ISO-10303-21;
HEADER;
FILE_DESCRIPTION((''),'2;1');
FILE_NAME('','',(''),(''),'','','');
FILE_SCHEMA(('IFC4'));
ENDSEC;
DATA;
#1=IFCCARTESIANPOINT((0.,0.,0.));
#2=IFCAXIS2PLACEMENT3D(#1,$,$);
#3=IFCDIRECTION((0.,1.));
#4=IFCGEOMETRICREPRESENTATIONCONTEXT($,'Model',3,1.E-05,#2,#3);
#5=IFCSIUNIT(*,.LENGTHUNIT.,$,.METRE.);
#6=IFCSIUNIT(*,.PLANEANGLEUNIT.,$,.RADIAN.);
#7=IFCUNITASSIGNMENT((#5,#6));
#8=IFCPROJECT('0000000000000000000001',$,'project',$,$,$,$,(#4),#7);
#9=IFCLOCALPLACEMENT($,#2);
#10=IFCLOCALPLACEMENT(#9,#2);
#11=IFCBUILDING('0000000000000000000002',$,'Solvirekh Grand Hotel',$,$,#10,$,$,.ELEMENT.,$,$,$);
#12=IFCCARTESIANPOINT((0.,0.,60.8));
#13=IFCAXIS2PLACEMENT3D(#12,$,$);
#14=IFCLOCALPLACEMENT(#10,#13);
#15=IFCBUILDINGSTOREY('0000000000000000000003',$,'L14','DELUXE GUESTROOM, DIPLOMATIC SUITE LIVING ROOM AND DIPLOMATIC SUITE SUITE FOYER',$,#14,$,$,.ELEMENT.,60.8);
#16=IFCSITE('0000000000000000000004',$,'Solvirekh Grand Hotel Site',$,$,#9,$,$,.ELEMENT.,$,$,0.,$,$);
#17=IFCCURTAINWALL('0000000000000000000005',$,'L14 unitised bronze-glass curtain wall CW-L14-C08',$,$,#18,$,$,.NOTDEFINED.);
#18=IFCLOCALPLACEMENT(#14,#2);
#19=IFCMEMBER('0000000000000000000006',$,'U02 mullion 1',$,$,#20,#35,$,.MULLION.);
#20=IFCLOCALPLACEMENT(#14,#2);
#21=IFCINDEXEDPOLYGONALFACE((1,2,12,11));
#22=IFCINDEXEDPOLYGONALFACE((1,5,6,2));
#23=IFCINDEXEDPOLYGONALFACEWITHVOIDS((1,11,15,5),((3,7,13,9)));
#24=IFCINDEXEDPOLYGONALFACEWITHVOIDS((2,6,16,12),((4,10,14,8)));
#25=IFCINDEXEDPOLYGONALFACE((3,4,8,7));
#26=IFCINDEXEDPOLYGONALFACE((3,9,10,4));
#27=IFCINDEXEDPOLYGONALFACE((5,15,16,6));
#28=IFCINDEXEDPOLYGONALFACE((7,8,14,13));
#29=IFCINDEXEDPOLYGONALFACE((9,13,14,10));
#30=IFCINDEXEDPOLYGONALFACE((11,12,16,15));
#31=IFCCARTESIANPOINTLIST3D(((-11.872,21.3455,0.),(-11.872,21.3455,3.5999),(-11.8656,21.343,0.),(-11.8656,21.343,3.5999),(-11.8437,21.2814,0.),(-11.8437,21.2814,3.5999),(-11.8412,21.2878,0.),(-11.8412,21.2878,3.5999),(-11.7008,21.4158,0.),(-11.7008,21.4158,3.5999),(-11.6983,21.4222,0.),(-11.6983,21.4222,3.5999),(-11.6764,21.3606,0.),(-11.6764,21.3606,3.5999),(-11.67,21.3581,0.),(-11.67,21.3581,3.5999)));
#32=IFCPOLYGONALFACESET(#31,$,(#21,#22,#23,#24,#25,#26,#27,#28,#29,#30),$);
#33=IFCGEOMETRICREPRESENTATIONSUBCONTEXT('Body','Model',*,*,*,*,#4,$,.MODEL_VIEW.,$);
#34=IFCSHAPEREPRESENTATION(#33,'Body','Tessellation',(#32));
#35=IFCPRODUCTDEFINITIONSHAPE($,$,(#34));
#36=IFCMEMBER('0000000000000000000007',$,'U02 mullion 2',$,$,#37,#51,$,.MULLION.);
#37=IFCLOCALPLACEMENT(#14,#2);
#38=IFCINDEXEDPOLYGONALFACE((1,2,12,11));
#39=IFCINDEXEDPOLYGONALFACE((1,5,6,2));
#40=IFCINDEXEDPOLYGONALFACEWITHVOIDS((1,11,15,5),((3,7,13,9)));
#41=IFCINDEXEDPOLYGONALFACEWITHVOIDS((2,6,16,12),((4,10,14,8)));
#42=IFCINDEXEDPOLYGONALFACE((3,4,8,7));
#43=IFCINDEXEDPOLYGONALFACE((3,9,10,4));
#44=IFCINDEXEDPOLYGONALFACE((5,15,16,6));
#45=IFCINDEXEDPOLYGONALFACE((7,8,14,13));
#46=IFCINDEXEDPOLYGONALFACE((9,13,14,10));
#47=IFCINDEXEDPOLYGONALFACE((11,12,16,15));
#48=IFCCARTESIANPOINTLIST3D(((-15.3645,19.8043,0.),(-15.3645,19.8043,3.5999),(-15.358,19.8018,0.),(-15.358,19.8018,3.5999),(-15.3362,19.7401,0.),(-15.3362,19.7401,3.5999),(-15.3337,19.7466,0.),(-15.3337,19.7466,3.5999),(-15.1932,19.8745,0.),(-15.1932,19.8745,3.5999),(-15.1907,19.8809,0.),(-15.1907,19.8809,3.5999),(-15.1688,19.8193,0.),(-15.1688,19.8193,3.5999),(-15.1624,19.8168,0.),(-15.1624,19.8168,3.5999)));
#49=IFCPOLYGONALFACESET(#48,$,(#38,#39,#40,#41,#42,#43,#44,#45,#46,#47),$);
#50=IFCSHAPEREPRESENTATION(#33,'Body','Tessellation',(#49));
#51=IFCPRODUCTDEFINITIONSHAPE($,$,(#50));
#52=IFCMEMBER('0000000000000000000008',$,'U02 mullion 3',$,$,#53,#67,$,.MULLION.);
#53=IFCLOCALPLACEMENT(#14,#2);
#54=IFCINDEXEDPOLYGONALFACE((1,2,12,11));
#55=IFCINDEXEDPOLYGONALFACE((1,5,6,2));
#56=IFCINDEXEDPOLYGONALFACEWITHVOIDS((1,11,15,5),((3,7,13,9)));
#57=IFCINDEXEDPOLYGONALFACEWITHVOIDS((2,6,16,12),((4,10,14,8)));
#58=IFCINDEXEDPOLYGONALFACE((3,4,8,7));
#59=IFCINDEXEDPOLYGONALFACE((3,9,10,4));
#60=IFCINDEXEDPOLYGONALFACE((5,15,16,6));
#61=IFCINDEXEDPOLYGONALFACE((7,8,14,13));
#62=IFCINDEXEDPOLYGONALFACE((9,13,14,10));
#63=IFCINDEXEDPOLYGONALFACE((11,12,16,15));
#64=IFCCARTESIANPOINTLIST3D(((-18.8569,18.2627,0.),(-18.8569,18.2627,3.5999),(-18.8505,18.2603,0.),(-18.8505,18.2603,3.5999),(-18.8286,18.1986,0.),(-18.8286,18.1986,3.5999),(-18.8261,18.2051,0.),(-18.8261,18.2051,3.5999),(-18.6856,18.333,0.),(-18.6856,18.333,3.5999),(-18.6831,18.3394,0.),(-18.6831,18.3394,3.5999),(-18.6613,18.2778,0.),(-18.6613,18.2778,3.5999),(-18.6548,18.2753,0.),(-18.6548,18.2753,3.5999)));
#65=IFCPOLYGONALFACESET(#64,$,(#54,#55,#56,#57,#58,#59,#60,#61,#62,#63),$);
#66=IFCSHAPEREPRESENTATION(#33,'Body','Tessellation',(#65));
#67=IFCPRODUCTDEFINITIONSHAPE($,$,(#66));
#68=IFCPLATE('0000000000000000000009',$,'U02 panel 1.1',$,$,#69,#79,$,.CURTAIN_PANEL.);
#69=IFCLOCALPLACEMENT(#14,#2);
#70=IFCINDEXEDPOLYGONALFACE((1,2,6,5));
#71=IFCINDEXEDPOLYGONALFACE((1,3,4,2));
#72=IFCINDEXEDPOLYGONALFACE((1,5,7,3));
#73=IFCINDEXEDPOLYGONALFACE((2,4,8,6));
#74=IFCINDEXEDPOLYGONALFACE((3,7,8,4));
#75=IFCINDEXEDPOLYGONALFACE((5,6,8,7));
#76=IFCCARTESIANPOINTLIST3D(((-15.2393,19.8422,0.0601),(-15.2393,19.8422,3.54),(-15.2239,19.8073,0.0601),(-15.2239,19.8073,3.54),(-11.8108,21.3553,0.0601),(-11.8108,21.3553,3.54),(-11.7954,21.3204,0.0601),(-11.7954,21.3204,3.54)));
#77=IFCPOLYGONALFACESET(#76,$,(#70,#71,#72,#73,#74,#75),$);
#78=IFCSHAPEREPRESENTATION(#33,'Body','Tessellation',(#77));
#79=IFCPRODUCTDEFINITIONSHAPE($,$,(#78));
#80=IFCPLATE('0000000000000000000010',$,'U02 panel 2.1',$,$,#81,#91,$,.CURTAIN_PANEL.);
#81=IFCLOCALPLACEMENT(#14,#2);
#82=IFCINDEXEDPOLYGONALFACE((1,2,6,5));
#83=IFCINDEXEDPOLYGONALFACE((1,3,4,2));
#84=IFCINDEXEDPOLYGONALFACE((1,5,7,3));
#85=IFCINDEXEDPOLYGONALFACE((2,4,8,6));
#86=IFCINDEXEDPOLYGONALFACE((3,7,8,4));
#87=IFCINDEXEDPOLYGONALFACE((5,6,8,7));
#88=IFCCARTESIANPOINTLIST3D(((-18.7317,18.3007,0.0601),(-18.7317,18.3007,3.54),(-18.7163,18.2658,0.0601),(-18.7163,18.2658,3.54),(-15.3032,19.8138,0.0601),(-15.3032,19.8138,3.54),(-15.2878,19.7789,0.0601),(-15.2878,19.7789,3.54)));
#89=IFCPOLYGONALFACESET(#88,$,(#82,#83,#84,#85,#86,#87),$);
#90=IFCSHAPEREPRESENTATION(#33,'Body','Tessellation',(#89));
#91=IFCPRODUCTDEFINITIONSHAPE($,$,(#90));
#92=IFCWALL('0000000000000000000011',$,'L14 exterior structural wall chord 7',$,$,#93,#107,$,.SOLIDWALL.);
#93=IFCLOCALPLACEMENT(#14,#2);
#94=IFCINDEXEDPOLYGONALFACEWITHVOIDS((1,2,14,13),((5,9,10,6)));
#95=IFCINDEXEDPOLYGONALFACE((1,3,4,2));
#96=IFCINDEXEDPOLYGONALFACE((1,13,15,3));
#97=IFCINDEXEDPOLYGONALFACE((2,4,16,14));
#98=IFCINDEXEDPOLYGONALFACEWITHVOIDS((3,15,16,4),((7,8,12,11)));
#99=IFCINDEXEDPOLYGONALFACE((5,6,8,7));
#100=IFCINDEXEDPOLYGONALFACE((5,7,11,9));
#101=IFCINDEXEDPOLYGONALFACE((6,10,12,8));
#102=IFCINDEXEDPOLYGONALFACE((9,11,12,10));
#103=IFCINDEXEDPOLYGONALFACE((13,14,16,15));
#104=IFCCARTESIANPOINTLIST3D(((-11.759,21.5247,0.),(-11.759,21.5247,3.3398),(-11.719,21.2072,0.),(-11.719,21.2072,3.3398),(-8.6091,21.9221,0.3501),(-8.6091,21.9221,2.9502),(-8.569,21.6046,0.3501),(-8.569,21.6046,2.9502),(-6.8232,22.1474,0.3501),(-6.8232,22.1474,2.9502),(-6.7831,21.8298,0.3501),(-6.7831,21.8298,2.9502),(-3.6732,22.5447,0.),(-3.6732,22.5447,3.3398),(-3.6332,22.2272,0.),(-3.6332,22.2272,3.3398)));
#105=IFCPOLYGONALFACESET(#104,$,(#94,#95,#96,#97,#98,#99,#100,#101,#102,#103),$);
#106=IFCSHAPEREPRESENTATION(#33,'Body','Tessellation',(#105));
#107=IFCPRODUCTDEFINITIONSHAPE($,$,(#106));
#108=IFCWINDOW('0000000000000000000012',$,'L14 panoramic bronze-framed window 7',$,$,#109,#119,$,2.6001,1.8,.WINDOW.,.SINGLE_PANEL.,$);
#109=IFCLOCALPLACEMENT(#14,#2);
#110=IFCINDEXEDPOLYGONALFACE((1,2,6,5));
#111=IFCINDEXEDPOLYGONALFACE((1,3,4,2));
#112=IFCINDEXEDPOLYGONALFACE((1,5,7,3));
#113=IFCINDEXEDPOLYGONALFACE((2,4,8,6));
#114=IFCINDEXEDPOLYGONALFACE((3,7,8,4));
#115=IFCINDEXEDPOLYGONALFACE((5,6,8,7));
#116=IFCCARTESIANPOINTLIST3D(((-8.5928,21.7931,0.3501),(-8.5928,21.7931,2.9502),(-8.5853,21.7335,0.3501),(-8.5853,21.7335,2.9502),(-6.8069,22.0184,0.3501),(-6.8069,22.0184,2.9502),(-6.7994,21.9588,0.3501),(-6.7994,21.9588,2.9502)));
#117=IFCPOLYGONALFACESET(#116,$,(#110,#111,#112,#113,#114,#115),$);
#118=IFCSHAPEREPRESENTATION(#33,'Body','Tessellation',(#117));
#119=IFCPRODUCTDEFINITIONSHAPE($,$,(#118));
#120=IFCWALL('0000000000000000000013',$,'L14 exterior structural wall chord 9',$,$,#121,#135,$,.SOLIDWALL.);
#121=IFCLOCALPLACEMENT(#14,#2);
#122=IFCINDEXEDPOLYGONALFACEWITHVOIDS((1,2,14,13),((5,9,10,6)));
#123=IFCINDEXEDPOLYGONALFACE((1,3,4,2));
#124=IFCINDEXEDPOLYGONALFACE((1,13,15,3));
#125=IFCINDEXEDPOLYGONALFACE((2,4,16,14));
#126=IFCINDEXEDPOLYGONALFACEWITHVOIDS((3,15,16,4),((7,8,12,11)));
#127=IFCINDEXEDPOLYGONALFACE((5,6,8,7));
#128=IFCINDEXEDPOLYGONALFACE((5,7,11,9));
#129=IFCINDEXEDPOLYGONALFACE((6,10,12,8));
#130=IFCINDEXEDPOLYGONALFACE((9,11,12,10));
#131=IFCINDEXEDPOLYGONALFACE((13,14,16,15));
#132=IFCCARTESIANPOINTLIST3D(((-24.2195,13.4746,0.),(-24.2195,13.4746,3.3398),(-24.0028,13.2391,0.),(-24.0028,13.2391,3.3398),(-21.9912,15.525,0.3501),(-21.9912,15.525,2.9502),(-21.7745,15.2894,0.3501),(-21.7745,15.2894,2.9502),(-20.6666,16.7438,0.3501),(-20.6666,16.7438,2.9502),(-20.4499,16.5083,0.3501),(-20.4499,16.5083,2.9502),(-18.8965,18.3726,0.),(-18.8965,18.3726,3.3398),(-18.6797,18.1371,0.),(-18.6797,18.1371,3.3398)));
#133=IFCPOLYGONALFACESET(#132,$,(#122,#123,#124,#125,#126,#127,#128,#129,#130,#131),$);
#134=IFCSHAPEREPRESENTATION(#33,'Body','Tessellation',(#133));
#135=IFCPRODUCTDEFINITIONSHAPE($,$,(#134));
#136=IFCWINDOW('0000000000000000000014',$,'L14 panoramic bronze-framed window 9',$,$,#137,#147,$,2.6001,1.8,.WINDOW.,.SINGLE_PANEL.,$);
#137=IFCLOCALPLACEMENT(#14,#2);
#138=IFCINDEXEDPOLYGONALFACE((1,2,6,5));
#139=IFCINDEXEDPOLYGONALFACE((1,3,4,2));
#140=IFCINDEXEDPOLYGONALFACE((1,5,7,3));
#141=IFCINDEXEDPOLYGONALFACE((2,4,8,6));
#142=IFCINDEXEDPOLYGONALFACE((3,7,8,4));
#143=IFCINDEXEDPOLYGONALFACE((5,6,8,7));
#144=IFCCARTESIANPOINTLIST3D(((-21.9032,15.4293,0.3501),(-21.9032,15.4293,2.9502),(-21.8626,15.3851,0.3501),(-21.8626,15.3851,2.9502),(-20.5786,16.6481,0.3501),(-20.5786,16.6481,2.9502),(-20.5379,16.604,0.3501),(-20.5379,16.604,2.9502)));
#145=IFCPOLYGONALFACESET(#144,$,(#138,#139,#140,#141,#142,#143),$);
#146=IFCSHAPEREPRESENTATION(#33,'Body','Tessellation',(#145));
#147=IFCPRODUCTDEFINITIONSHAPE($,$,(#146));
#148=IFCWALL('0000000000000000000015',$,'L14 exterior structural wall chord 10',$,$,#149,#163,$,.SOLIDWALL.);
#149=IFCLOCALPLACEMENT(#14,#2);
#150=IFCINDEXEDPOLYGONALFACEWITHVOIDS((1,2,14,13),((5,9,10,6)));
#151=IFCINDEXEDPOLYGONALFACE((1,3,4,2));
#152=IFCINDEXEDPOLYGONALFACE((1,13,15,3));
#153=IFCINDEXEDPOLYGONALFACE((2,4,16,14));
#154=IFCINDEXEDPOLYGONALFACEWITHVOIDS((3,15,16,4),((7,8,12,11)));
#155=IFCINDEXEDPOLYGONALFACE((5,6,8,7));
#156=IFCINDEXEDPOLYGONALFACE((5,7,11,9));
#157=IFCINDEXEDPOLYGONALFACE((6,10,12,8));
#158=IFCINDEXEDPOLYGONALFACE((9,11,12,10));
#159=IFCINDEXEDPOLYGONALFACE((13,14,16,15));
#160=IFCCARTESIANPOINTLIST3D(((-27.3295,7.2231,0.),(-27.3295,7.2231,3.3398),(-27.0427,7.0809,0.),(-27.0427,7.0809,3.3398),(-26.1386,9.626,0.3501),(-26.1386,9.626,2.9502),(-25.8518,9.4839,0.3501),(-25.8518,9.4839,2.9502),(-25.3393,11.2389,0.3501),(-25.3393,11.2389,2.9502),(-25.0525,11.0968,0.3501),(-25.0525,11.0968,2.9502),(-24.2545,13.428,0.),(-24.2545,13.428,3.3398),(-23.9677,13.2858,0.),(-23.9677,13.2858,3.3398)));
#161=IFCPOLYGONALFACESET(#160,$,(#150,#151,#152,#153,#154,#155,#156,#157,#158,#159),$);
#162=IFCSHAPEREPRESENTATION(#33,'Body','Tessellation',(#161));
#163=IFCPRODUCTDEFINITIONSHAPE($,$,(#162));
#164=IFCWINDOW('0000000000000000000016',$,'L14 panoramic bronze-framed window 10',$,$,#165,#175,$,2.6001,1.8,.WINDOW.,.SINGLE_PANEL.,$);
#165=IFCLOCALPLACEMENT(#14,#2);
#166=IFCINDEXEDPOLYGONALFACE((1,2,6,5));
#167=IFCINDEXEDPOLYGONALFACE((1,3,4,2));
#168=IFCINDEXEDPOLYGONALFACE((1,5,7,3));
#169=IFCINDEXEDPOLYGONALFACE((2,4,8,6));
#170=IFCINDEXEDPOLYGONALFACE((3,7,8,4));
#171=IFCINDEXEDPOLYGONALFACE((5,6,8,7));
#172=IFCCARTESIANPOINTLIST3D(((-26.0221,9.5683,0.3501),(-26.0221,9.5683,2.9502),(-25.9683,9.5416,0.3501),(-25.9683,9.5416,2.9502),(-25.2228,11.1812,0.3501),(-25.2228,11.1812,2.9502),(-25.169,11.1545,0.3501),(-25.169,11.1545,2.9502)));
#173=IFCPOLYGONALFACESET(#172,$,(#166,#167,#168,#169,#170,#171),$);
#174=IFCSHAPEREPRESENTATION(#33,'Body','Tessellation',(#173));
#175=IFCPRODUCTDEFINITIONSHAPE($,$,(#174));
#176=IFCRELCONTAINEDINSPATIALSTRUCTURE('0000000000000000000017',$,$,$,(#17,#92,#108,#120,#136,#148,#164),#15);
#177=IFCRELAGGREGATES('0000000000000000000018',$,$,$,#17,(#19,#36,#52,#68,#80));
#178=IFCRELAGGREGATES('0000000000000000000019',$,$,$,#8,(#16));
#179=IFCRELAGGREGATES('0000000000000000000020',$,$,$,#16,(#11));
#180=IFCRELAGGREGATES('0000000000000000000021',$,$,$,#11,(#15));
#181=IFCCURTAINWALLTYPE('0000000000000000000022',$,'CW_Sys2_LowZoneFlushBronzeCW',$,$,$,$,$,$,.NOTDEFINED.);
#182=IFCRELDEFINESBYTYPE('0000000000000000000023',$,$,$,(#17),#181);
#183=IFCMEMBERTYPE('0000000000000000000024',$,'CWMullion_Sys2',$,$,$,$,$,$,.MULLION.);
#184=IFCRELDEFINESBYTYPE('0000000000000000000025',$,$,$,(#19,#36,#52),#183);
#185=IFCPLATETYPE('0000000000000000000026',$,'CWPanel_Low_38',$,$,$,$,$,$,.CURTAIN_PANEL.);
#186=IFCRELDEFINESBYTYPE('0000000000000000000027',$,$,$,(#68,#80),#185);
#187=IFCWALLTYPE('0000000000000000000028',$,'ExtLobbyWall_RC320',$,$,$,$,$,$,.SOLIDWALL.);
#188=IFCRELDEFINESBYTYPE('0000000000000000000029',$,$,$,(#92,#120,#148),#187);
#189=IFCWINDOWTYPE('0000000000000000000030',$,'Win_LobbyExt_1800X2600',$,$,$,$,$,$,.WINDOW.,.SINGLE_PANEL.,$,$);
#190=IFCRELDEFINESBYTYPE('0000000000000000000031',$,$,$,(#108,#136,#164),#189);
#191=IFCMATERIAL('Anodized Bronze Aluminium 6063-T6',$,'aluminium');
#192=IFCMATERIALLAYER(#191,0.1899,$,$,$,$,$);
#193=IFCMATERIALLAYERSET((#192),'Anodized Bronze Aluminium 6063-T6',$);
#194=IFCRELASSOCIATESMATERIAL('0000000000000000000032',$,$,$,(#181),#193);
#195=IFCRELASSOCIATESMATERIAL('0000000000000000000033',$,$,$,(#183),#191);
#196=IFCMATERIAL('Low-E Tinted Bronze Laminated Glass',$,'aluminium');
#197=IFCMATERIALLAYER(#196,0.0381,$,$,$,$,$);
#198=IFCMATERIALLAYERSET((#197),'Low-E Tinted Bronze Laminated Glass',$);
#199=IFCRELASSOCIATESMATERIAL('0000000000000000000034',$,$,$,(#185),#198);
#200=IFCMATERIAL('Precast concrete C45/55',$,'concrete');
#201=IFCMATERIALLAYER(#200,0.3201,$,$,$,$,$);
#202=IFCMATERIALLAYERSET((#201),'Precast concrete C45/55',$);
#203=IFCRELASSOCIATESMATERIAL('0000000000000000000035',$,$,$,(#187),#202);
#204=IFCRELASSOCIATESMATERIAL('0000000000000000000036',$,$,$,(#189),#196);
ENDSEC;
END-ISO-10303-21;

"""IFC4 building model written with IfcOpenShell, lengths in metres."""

from ifc_helpers import new_model, si_unit, direction, frame, frame_2d, origin, origin_2d, place, context, subcontext, project, spatial, rectangle, hollow_rectangle, extrude, source, transform, mapped, material, layer, layer_set, material_profile, profile_set, type_object, element, fill, aggregate, save


model = new_model("IFC4")

# Units and contexts
model_context = context("Model", 3, precision=1e-05, world=origin(), true_north=direction((0.0, 1.0)))
body_context = subcontext(model_context, "Body", "Model", "MODEL_VIEW")
ifc_project = project(units=[si_unit("LENGTHUNIT", "METRE"), si_unit("PLANEANGLEUNIT", "RADIAN")], contexts=[model_context])

# Site, building, storey
site_placement = place(None, origin())
site = spatial("IfcSite", under=ifc_project, at=site_placement, Name="Solvirekh Grand Hotel Site", CompositionType="ELEMENT", RefElevation=0.0)
building_placement = place(site_placement, origin())
building = spatial("IfcBuilding", under=site, at=building_placement, Name="Solvirekh Grand Hotel", CompositionType="ELEMENT")
storey_placement = place(building_placement, frame((0.0, 0.0, 60.8)))
storey = spatial("IfcBuildingStorey", under=building, at=storey_placement, Name="L14", Description="DELUXE GUESTROOM, DIPLOMATIC SUITE LIVING ROOM AND DIPLOMATIC SUITE SUITE FOYER", CompositionType="ELEMENT", Elevation=60.8)

# Curtain wall, members, plates
ifc_material_1 = material(Name="Anodized Bronze Aluminium 6063-T6", Category="aluminium")
ifc_layer_1 = layer(ifc_material_1, 0.1899)
ifc_layer_set_1 = layer_set([ifc_layer_1], Name="Anodized Bronze Aluminium 6063-T6")
curtain_wall_type = type_object("IfcCurtainWallType", Name="CW_Sys2_LowZoneFlushBronzeCW", PredefinedType="NOTDEFINED", material=ifc_layer_set_1)
curtain_wall_placement = place(storey_placement, origin())
curtain_wall = element("IfcCurtainWall", 1, at=curtain_wall_placement, inside=storey, type_object=curtain_wall_type, Name="L14 unitised bronze-glass curtain wall CW-L14-C08", PredefinedType="NOTDEFINED")
ifc_material_profile_1 = material_profile(ifc_material_1, hollow_rectangle(XDim=0.0701, YDim=0.1899, WallThickness=0.0049, at=origin_2d()), Name="ALU RHS 190X70X5")
ifc_profile_set_1 = profile_set([ifc_material_profile_1], Name="Anodized Bronze Aluminium 6063-T6")
member_type_1 = type_object("IfcMemberType", Name="CWMullion_Sys2", PredefinedType="MULLION", material=ifc_profile_set_1)
shared_shape_1 = source(origin(), body_context, "Body", "SweptSolid", [
    extrude(hollow_rectangle(XDim=0.0701, YDim=0.1899, WallThickness=0.0049, at=origin_2d()), origin(), (0.0, 0.0, 1.0), 3.5999),
])
member_1_placement = place(storey_placement, frame((-11.771, 21.3518, 0.0), z_axis=(0.0, 0.0, 1.0), x_axis=(0.403765, -0.914863, 0.0)))
member_1 = element("IfcMember", 2, at=member_1_placement, type_object=member_type_1, Name="U02 mullion 1", PredefinedType="MULLION", context=body_context, shape_type="MappedRepresentation", body=[
    mapped(shared_shape_1, transform((0.0, 0.0, 0.0), x_axis=(1.0, 0.0, 0.0), y_axis=(0.0, 1.0, 0.0), z_axis=(0.0, 0.0, 1.0), scale=1.0)),
])
member_2_placement = place(storey_placement, frame((-15.2634, 19.8105, 0.0), z_axis=(0.0, 0.0, 1.0), x_axis=(0.403765, -0.914863, 0.0)))
member_2 = element("IfcMember", 3, at=member_2_placement, type_object=member_type_1, Name="U02 mullion 2", PredefinedType="MULLION", context=body_context, shape_type="MappedRepresentation", body=[
    mapped(shared_shape_1, transform((0.0, 0.0, 0.0), x_axis=(1.0, 0.0, 0.0), y_axis=(0.0, 1.0, 0.0), z_axis=(0.0, 0.0, 1.0), scale=1.0)),
])
member_3_placement = place(storey_placement, frame((-18.7559, 18.269, 0.0), z_axis=(0.0, 0.0, 1.0), x_axis=(0.403765, -0.914863, 0.0)))
member_3 = element("IfcMember", 4, at=member_3_placement, type_object=member_type_1, Name="U02 mullion 3", PredefinedType="MULLION", context=body_context, shape_type="MappedRepresentation", body=[
    mapped(shared_shape_1, transform((0.0, 0.0, 0.0), x_axis=(1.0, 0.0, 0.0), y_axis=(0.0, 1.0, 0.0), z_axis=(0.0, 0.0, 1.0), scale=1.0)),
])
ifc_material_2 = material(Name="Low-E Tinted Bronze Laminated Glass", Category="aluminium")
ifc_layer_2 = layer(ifc_material_2, 0.0381)
ifc_layer_set_2 = layer_set([ifc_layer_2], Name="Low-E Tinted Bronze Laminated Glass")
plate_type = type_object("IfcPlateType", Name="CWPanel_Low_38", PredefinedType="CURTAIN_PANEL", material=ifc_layer_set_2)
shared_shape_2 = source(origin(), body_context, "Body", "SweptSolid", [
    extrude(rectangle(XDim=3.7476, YDim=0.0381, at=origin_2d()), origin(), (0.0, 0.0, 1.0), 3.48),
])
plate_1_placement = place(storey_placement, frame((-13.5173, 20.5813, 0.0601), z_axis=(0.0, 0.0, 1.0), x_axis=(-0.914863, -0.403765, 0.0)))
plate_1 = element("IfcPlate", 5, at=plate_1_placement, type_object=plate_type, Name="U02 panel 1.1", PredefinedType="CURTAIN_PANEL", context=body_context, shape_type="MappedRepresentation", body=[
    mapped(shared_shape_2, transform((0.0, 0.0, 0.0), x_axis=(1.0, 0.0, 0.0), y_axis=(0.0, 1.0, 0.0), z_axis=(0.0, 0.0, 1.0), scale=1.0)),
])
plate_2_placement = place(storey_placement, frame((-17.0098, 19.0398, 0.0601), z_axis=(0.0, 0.0, 1.0), x_axis=(-0.914863, -0.403765, 0.0)))
plate_2 = element("IfcPlate", 6, at=plate_2_placement, type_object=plate_type, Name="U02 panel 2.1", PredefinedType="CURTAIN_PANEL", context=body_context, shape_type="MappedRepresentation", body=[
    mapped(shared_shape_2, transform((0.0, 0.0, 0.0), x_axis=(1.0, 0.0, 0.0), y_axis=(0.0, 1.0, 0.0), z_axis=(0.0, 0.0, 1.0), scale=1.0)),
])
aggregate(curtain_wall, [member_1, member_2, member_3, plate_1, plate_2])

# Walls, openings, windows
ifc_material_3 = material(Name="Precast concrete C45/55", Category="concrete")
ifc_layer_3 = layer(ifc_material_3, 0.3201)
ifc_layer_set_3 = layer_set([ifc_layer_3], Name="Precast concrete C45/55")
wall_type_1 = type_object("IfcWallType", Name="ExtLobbyWall_RC320", PredefinedType="SOLIDWALL", material=ifc_layer_set_3)
wall_1_placement = place(storey_placement, frame((-11.739, 21.366, 0.0), z_axis=(0.0, 0.0, 1.0), x_axis=(0.992137, 0.125155, 0.0)))
wall_1 = element("IfcWall", 7, at=wall_1_placement, inside=storey, type_object=wall_type_1, Name="L14 exterior structural wall chord 7", PredefinedType="SOLIDWALL", context=body_context, shape_type="SweptSolid", body=[
    extrude(rectangle(XDim=8.1499, YDim=0.3201, at=frame_2d((4.075, 0.0))), origin(), (0.0, 0.0, 1.0), 3.3398),
])
opening_1_placement = place(wall_1_placement, frame((3.175, 0.0, 0.3501)))
opening_1 = element("IfcOpeningElement", 8, at=opening_1_placement, cuts=wall_1, PredefinedType="OPENING", context=body_context, shape_type="SweptSolid", body=[
    extrude(rectangle(XDim=1.8, YDim=2.6001, at=frame_2d((0.8999, 1.3))), frame((0.0, 0.1699, 0.0), z_axis=(0.0, -1.0, 0.0), x_axis=(1.0, 0.0, 0.0)), (0.0, 0.0, 1.0), 0.3401),
])
window_type = type_object("IfcWindowType", Name="Win_LobbyExt_1800X2600", PartitioningType="SINGLE_PANEL", PredefinedType="WINDOW", material=ifc_material_2)
window_1_placement = place(opening_1_placement, origin())
window_1 = element("IfcWindow", 9, at=window_1_placement, inside=storey, type_object=window_type, Name="L14 panoramic bronze-framed window 7", OverallHeight=2.6001, OverallWidth=1.8, PartitioningType="SINGLE_PANEL", PredefinedType="WINDOW", context=body_context, shape_type="SweptSolid", body=[
    extrude(rectangle(XDim=1.8, YDim=2.6001, at=frame_2d((0.8999, 1.3))), frame((0.0, 0.03, 0.0), z_axis=(0.0, -1.0, 0.0), x_axis=(1.0, 0.0, 0.0)), (0.0, 0.0, 1.0), 0.0601),
])
fill(opening_1, window_1)
wall_2_placement = place(storey_placement, frame((-24.1111, 13.3569, 0.0), z_axis=(0.0, 0.0, 1.0), x_axis=(0.735877, 0.677116, 0.0)))
wall_2 = element("IfcWall", 10, at=wall_2_placement, inside=storey, type_object=wall_type_1, Name="L14 exterior structural wall chord 9", PredefinedType="SOLIDWALL", context=body_context, shape_type="SweptSolid", body=[
    extrude(rectangle(XDim=7.2336, YDim=0.3201, at=frame_2d((3.6167, 0.0))), origin(), (0.0, 0.0, 1.0), 3.3398),
])
opening_2_placement = place(wall_2_placement, frame((3.0281, 0.0, 0.3501)))
opening_2 = element("IfcOpeningElement", 11, at=opening_2_placement, cuts=wall_2, PredefinedType="OPENING", context=body_context, shape_type="SweptSolid", body=[
    extrude(rectangle(XDim=1.8, YDim=2.6001, at=frame_2d((0.8999, 1.3))), frame((0.0, 0.1699, 0.0), z_axis=(0.0, -1.0, 0.0), x_axis=(1.0, 0.0, 0.0)), (0.0, 0.0, 1.0), 0.3401),
])
window_2_placement = place(opening_2_placement, origin())
window_2 = element("IfcWindow", 12, at=window_2_placement, inside=storey, type_object=window_type, Name="L14 panoramic bronze-framed window 9", OverallHeight=2.6001, OverallWidth=1.8, PartitioningType="SINGLE_PANEL", PredefinedType="WINDOW", context=body_context, shape_type="SweptSolid", body=[
    extrude(rectangle(XDim=1.8, YDim=2.6001, at=frame_2d((0.8999, 1.3))), frame((0.0, 0.03, 0.0), z_axis=(0.0, -1.0, 0.0), x_axis=(1.0, 0.0, 0.0)), (0.0, 0.0, 1.0), 0.0601),
])
fill(opening_2, window_2)
wall_3_placement = place(storey_placement, frame((-27.186, 7.1521, 0.0), z_axis=(0.0, 0.0, 1.0), x_axis=(0.444038, 0.896008, 0.0)))
wall_3 = element("IfcWall", 13, at=wall_3_placement, inside=storey, type_object=wall_type_1, Name="L14 exterior structural wall chord 10", PredefinedType="SOLIDWALL", context=body_context, shape_type="SweptSolid", body=[
    extrude(rectangle(XDim=6.925, YDim=0.3201, at=frame_2d((3.4624, 0.0))), origin(), (0.0, 0.0, 1.0), 3.3398),
])
opening_3_placement = place(wall_3_placement, frame((2.6819, 0.0, 0.3501)))
opening_3 = element("IfcOpeningElement", 14, at=opening_3_placement, cuts=wall_3, PredefinedType="OPENING", context=body_context, shape_type="SweptSolid", body=[
    extrude(rectangle(XDim=1.8, YDim=2.6001, at=frame_2d((0.8999, 1.3))), frame((0.0, 0.1699, 0.0), z_axis=(0.0, -1.0, 0.0), x_axis=(1.0, 0.0, 0.0)), (0.0, 0.0, 1.0), 0.3401),
])
window_3_placement = place(opening_3_placement, origin())
window_3 = element("IfcWindow", 15, at=window_3_placement, inside=storey, type_object=window_type, Name="L14 panoramic bronze-framed window 10", OverallHeight=2.6001, OverallWidth=1.8, PartitioningType="SINGLE_PANEL", PredefinedType="WINDOW", context=body_context, shape_type="SweptSolid", body=[
    extrude(rectangle(XDim=1.8, YDim=2.6001, at=frame_2d((0.8999, 1.3))), frame((0.0, 0.03, 0.0), z_axis=(0.0, -1.0, 0.0), x_axis=(1.0, 0.0, 0.0)), (0.0, 0.0, 1.0), 0.0601),
])
fill(opening_3, window_3)

save(model, "model.ifc")
